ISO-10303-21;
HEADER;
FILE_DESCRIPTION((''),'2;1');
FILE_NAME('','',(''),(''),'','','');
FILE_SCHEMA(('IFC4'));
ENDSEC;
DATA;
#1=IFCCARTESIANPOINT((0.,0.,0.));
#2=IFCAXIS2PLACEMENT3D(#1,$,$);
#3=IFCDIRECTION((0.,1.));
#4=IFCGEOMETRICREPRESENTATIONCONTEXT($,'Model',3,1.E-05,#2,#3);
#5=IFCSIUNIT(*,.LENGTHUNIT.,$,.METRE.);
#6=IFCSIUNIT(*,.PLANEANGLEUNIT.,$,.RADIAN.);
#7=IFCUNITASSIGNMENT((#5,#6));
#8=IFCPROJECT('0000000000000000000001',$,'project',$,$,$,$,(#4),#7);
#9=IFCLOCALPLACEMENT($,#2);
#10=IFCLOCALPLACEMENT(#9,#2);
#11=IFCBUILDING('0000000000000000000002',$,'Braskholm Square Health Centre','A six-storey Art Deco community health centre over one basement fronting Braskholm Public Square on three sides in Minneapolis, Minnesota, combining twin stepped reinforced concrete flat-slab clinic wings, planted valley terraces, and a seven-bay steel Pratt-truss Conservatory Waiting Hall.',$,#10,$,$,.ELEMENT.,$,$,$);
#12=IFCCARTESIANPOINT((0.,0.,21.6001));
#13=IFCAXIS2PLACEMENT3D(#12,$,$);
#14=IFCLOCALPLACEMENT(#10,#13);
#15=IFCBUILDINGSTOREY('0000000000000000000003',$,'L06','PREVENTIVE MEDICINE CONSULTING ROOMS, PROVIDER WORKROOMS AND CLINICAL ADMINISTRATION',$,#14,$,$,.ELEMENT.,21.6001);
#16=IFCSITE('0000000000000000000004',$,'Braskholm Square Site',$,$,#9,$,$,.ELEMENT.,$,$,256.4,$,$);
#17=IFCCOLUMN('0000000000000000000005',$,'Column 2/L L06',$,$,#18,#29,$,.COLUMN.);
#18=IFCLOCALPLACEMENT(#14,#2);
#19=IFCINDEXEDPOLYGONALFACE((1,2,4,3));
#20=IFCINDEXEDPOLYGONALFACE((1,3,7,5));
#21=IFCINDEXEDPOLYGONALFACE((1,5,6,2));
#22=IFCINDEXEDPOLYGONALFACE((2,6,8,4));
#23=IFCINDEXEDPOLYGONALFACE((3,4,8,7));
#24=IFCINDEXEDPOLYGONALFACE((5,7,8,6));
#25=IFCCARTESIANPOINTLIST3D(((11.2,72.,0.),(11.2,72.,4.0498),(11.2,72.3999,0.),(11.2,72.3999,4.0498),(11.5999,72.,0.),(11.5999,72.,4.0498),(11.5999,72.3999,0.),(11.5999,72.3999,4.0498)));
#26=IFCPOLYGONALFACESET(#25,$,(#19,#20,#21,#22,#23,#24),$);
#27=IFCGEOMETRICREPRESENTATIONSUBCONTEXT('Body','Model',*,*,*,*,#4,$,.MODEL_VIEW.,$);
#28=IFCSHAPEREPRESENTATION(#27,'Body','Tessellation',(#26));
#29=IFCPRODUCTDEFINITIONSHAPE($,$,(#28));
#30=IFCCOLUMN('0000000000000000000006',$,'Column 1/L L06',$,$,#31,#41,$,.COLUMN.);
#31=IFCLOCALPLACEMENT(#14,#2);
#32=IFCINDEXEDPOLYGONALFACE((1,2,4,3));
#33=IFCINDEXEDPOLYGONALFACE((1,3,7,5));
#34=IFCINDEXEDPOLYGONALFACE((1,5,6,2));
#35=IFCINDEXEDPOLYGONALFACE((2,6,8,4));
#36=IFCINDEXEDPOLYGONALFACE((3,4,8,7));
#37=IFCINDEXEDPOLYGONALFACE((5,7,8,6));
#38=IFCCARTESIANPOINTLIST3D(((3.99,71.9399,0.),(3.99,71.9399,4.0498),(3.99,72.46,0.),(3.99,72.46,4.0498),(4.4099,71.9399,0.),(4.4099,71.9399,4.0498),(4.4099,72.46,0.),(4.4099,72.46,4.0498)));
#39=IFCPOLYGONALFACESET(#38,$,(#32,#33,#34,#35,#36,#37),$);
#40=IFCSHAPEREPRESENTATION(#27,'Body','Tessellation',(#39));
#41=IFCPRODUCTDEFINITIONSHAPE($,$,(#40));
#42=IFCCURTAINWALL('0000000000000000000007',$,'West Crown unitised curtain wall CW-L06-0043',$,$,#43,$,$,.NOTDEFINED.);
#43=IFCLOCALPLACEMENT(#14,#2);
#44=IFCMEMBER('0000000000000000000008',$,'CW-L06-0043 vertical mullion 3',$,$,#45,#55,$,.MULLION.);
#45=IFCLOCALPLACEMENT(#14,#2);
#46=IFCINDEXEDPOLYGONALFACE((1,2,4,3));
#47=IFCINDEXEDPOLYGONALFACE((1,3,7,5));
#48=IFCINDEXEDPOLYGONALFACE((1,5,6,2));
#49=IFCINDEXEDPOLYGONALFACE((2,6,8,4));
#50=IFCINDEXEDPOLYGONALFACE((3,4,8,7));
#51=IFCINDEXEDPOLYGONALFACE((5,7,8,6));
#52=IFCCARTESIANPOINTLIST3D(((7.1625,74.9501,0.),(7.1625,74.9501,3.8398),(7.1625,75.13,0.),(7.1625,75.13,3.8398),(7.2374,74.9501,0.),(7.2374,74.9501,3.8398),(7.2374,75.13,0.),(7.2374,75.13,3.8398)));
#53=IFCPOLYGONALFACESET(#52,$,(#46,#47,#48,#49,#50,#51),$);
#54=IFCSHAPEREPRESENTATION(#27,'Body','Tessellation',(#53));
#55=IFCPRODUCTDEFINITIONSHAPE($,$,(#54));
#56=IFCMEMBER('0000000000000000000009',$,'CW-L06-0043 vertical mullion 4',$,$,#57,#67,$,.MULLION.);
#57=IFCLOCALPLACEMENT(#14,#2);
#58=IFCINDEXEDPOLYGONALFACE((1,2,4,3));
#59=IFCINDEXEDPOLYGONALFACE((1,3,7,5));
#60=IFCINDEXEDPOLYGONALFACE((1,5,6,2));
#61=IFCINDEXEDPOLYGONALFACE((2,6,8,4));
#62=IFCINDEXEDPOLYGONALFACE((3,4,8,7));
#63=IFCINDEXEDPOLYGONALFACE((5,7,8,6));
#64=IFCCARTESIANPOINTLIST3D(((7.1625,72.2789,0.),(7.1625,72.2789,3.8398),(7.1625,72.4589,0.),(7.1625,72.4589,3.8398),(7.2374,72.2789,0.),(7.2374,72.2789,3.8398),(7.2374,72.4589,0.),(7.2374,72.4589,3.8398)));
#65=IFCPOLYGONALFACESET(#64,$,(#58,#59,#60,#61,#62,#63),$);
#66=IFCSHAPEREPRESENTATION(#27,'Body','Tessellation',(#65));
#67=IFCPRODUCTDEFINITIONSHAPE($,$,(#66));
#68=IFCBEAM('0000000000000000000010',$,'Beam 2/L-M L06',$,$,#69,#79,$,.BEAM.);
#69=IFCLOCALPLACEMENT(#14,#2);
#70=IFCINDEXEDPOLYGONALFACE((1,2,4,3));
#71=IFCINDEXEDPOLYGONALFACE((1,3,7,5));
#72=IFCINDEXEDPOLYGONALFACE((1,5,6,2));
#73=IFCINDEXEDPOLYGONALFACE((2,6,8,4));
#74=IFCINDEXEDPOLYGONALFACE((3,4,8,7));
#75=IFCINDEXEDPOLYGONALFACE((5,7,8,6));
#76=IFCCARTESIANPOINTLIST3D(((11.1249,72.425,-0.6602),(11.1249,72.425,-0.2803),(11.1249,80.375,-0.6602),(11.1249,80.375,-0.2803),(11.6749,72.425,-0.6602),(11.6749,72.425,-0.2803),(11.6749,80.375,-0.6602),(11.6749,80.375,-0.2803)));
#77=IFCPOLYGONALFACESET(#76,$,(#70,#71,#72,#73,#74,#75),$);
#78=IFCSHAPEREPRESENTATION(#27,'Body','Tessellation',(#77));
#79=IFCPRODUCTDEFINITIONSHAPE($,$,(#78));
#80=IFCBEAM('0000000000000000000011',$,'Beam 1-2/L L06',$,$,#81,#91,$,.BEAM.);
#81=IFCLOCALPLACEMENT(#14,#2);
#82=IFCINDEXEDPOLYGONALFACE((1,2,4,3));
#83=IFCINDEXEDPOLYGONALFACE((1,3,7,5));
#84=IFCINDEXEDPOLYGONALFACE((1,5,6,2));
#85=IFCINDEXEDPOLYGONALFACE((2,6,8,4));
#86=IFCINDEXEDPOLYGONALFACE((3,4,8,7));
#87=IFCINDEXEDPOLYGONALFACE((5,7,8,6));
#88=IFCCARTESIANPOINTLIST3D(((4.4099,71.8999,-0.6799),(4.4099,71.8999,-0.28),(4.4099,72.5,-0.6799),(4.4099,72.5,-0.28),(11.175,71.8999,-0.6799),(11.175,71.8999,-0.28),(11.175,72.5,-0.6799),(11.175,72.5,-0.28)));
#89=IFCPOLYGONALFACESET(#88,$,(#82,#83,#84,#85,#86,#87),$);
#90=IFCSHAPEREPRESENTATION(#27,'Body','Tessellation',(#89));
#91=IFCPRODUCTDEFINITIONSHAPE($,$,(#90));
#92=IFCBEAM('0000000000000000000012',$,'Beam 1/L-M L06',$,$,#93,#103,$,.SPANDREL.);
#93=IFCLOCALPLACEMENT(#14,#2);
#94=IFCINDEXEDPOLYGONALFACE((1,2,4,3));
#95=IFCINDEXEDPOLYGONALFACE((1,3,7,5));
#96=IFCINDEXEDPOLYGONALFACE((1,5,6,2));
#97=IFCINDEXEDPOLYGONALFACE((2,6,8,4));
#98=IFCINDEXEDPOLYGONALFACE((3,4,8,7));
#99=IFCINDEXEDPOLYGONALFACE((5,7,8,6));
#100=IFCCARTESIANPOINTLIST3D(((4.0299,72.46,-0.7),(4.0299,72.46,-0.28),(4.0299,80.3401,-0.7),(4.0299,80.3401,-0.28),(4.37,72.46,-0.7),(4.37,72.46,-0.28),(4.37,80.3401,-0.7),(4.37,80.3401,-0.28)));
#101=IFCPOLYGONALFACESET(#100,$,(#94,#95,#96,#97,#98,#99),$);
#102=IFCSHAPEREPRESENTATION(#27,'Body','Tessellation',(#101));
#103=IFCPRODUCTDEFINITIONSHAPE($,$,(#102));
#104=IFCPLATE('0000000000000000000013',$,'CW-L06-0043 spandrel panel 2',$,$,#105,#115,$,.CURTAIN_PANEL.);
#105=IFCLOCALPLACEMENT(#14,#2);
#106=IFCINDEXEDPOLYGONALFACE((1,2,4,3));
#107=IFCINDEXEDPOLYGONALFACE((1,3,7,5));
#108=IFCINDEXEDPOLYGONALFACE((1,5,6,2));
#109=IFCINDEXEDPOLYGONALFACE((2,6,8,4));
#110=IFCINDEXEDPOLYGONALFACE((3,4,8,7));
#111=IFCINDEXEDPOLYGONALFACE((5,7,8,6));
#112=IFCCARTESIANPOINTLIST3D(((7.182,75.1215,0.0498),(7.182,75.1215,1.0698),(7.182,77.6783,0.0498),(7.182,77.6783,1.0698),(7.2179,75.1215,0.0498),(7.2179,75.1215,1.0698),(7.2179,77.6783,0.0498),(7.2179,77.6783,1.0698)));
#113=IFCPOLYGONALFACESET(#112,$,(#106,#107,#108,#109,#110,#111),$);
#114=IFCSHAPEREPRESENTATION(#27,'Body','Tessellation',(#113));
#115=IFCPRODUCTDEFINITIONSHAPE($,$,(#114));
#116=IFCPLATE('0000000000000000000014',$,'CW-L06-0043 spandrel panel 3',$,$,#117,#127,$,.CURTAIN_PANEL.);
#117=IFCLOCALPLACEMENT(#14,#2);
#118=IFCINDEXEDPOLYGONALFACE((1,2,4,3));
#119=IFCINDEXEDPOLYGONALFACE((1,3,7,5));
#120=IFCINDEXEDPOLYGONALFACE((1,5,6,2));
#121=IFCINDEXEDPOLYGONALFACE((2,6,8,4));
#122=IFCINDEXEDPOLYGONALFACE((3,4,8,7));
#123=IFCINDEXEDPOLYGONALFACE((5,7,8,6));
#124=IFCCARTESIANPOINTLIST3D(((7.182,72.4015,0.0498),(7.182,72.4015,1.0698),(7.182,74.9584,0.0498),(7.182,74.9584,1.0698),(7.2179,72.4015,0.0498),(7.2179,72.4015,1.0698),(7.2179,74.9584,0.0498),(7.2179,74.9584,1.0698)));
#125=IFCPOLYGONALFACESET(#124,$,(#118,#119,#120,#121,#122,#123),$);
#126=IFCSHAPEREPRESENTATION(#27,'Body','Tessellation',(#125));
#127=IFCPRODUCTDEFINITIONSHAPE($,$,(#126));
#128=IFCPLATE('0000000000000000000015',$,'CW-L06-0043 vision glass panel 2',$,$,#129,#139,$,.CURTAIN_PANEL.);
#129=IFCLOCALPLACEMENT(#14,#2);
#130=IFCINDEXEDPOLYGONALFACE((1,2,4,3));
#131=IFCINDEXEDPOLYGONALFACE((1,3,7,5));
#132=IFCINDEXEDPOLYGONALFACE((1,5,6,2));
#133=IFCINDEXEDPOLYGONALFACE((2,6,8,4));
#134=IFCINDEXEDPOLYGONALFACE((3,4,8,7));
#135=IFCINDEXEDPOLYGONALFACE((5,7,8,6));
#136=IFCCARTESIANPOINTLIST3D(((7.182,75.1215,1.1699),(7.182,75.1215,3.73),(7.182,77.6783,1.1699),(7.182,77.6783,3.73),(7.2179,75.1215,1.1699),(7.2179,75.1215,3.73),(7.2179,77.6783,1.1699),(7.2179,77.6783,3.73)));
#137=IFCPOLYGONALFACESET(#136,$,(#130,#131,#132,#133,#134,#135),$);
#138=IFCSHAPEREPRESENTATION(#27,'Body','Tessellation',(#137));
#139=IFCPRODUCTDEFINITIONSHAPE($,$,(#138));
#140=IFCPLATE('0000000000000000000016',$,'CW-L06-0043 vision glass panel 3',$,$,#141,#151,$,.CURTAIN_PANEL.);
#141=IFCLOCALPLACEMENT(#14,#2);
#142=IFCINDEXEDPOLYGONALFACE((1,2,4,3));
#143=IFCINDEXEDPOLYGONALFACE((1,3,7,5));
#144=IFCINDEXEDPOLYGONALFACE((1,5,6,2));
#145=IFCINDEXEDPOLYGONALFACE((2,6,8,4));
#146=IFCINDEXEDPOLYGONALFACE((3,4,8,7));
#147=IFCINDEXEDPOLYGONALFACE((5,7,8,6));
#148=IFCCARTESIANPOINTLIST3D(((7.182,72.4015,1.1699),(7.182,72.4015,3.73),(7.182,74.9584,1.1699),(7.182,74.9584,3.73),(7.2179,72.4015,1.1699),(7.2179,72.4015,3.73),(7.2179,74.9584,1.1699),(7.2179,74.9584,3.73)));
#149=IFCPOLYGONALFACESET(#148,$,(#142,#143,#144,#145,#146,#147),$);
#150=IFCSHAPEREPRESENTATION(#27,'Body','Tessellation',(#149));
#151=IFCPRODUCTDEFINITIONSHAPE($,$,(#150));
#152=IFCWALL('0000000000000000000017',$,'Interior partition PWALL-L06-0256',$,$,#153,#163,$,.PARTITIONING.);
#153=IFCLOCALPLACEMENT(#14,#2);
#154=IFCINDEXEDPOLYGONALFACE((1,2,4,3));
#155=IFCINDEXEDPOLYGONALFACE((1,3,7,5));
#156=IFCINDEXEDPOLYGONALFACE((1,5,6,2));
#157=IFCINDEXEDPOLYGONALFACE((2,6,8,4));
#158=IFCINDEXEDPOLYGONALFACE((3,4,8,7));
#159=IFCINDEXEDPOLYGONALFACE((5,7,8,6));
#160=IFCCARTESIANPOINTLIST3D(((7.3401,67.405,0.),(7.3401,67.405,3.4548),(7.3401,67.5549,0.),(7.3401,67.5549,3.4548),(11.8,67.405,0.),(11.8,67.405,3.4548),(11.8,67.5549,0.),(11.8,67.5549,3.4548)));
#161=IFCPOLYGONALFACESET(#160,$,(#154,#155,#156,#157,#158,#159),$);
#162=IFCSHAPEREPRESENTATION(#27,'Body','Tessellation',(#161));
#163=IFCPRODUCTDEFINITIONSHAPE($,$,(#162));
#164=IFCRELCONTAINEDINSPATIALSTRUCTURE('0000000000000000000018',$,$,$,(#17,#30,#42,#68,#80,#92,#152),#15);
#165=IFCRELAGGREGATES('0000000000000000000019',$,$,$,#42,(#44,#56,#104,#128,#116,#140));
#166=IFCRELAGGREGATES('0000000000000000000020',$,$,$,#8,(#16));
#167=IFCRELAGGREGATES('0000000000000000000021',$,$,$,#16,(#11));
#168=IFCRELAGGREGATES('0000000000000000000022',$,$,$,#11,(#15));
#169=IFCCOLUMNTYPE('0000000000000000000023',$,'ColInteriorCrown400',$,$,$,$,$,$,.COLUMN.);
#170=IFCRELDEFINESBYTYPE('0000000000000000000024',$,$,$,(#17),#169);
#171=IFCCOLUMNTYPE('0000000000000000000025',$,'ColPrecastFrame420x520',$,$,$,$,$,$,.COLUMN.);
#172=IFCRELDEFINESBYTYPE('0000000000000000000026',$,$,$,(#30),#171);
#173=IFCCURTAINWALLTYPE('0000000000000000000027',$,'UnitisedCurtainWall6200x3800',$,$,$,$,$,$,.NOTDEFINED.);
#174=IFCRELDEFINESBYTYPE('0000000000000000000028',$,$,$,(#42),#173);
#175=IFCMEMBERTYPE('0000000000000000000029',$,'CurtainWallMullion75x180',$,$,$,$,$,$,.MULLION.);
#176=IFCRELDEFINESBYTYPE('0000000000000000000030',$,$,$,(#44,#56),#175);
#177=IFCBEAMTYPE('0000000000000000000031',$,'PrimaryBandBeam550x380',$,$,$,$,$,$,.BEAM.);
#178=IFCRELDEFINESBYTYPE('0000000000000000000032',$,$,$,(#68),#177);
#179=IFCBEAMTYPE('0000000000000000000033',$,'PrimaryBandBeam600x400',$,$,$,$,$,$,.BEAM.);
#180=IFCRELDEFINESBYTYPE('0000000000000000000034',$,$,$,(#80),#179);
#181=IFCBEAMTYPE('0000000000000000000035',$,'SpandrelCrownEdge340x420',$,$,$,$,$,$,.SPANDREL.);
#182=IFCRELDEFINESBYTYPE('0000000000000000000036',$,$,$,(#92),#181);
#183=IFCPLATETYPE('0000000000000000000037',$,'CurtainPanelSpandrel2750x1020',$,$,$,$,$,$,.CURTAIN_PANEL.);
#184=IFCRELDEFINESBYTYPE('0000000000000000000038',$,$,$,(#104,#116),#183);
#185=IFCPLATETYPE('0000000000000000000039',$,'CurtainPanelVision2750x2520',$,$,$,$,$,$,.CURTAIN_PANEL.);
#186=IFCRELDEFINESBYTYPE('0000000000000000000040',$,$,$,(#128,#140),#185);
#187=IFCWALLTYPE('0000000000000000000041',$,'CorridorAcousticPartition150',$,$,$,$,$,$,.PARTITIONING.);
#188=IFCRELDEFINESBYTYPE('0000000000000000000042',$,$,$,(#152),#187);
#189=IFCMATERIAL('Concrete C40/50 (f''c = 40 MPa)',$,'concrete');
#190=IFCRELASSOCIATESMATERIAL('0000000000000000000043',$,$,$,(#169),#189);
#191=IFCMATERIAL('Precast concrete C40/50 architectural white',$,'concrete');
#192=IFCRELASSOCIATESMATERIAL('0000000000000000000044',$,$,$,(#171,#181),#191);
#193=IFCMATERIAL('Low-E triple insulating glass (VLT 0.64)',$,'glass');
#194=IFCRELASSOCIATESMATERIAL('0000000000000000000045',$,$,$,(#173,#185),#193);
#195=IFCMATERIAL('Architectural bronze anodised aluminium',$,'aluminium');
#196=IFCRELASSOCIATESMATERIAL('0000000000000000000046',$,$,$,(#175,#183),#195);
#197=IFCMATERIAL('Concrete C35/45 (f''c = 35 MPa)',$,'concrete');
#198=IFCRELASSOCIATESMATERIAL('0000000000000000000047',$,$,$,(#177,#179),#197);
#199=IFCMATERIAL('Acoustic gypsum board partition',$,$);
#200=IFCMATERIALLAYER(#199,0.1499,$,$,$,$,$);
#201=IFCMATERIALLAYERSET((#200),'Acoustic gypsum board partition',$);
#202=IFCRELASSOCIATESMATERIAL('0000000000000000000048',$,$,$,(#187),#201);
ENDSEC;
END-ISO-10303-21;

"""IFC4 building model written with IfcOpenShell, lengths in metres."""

from ifc_helpers import new_model, si_unit, direction, frame, frame_2d, origin, origin_2d, place, context, subcontext, project, spatial, rectangle, extrude, material, layer, layer_set, material_profile, profile_set, type_object, element, aggregate, save


model = new_model("IFC4")

# Units and contexts
model_context = context("Model", 3, precision=1e-05, world=origin(), true_north=direction((0.0, 1.0)))
body_context = subcontext(model_context, "Body", "Model", "MODEL_VIEW")
ifc_project = project(units=[si_unit("LENGTHUNIT", "METRE"), si_unit("PLANEANGLEUNIT", "RADIAN")], contexts=[model_context])

# Site, building, storey
site_placement = place(None, origin())
site = spatial("IfcSite", under=ifc_project, at=site_placement, Name="Braskholm Square Site", CompositionType="ELEMENT", RefElevation=256.4)
building_placement = place(site_placement, origin())
building = spatial("IfcBuilding", under=site, at=building_placement, Name="Braskholm Square Health Centre", Description="A six-storey Art Deco community health centre over one basement fronting Braskholm Public Square on three sides in Minneapolis, Minnesota, combining twin stepped reinforced concrete flat-slab clinic wings, planted valley terraces, and a seven-bay steel Pratt-truss Conservatory Waiting Hall.", CompositionType="ELEMENT")
storey_placement = place(building_placement, frame((0.0, 0.0, 21.6001)))
storey = spatial("IfcBuildingStorey", under=building, at=storey_placement, Name="L06", Description="PREVENTIVE MEDICINE CONSULTING ROOMS, PROVIDER WORKROOMS AND CLINICAL ADMINISTRATION", CompositionType="ELEMENT", Elevation=21.6001)

# Columns
ifc_material_1 = material(Name="Concrete C40/50 (f'c = 40 MPa)", Category="concrete")
ifc_material_profile_1 = material_profile(ifc_material_1, rectangle(XDim=0.3999, YDim=0.3999, at=origin_2d()), Name="RC-400X400")
ifc_profile_set_1 = profile_set([ifc_material_profile_1], Name="Concrete C40/50 (f'c = 40 MPa)")
column_type_1 = type_object("IfcColumnType", Name="ColInteriorCrown400", PredefinedType="COLUMN", material=ifc_profile_set_1)
column_1_placement = place(storey_placement, frame((11.3999, 72.2, 0.0), z_axis=(0.0, 0.0, 1.0), x_axis=(1.0, 0.0, 0.0)))
element("IfcColumn", 1, at=column_1_placement, inside=storey, type_object=column_type_1, Name="Column 2/L L06", PredefinedType="COLUMN", context=body_context, shape_type="SweptSolid", body=[
    extrude(rectangle(XDim=0.3999, YDim=0.3999, at=origin_2d()), origin(), (0.0, 0.0, 1.0), 4.0498),
])
ifc_material_2 = material(Name="Precast concrete C40/50 architectural white", Category="concrete")
ifc_material_profile_2 = material_profile(ifc_material_2, rectangle(XDim=0.4199, YDim=0.52, at=origin_2d()), Name="RC-420X520")
ifc_profile_set_2 = profile_set([ifc_material_profile_2], Name="Precast concrete C40/50 architectural white")
column_type_2 = type_object("IfcColumnType", Name="ColPrecastFrame420x520", PredefinedType="COLUMN", material=ifc_profile_set_2)
column_2_placement = place(storey_placement, frame((4.2, 72.2, 0.0), z_axis=(0.0, 0.0, 1.0), x_axis=(1.0, 0.0, 0.0)))
element("IfcColumn", 2, at=column_2_placement, inside=storey, type_object=column_type_2, Name="Column 1/L L06", PredefinedType="COLUMN", context=body_context, shape_type="SweptSolid", body=[
    extrude(rectangle(XDim=0.4199, YDim=0.52, at=origin_2d()), origin(), (0.0, 0.0, 1.0), 4.0498),
])

# Curtain wall, members
ifc_material_3 = material(Name="Low-E triple insulating glass (VLT 0.64)", Category="glass")
curtain_wall_type = type_object("IfcCurtainWallType", Name="UnitisedCurtainWall6200x3800", PredefinedType="NOTDEFINED", material=ifc_material_3)
curtain_wall_placement = place(storey_placement, origin())
curtain_wall = element("IfcCurtainWall", 3, at=curtain_wall_placement, inside=storey, type_object=curtain_wall_type, Name="West Crown unitised curtain wall CW-L06-0043", PredefinedType="NOTDEFINED")
ifc_material_4 = material(Name="Architectural bronze anodised aluminium", Category="aluminium")
ifc_material_profile_3 = material_profile(ifc_material_4, rectangle(XDim=0.075, YDim=0.1799, at=origin_2d()), Name="ALU-75X180")
ifc_profile_set_3 = profile_set([ifc_material_profile_3], Name="Architectural bronze anodised aluminium")
member_type = type_object("IfcMemberType", Name="CurtainWallMullion75x180", PredefinedType="MULLION", material=ifc_profile_set_3)
member_1_placement = place(storey_placement, frame((7.2, 75.04, 0.0), z_axis=(0.0, 0.0, 1.0), x_axis=(1.0, 0.0, 0.0)))
member_1 = element("IfcMember", 4, at=member_1_placement, type_object=member_type, Name="CW-L06-0043 vertical mullion 3", PredefinedType="MULLION", context=body_context, shape_type="SweptSolid", body=[
    extrude(rectangle(XDim=0.075, YDim=0.1799, at=origin_2d()), origin(), (0.0, 0.0, 1.0), 3.8398),
])
member_2_placement = place(storey_placement, frame((7.2, 72.3689, 0.0), z_axis=(0.0, 0.0, 1.0), x_axis=(1.0, 0.0, 0.0)))
member_2 = element("IfcMember", 5, at=member_2_placement, type_object=member_type, Name="CW-L06-0043 vertical mullion 4", PredefinedType="MULLION", context=body_context, shape_type="SweptSolid", body=[
    extrude(rectangle(XDim=0.075, YDim=0.1799, at=origin_2d()), origin(), (0.0, 0.0, 1.0), 3.8398),
])

# Beams
ifc_material_5 = material(Name="Concrete C35/45 (f'c = 35 MPa)", Category="concrete")
ifc_material_profile_4 = material_profile(ifc_material_5, rectangle(XDim=0.55, YDim=0.3799, at=origin_2d()), Name="RCB-550X380")
ifc_profile_set_4 = profile_set([ifc_material_profile_4], Name="Concrete C35/45 (f'c = 35 MPa)")
beam_type_1 = type_object("IfcBeamType", Name="PrimaryBandBeam550x380", PredefinedType="BEAM", material=ifc_profile_set_4)
beam_1_placement = place(storey_placement, frame((11.3999, 72.425, -0.4702), z_axis=(0.0, 1.0, 0.0), x_axis=(-1.0, 0.0, 0.0)))
element("IfcBeam", 6, at=beam_1_placement, inside=storey, type_object=beam_type_1, Name="Beam 2/L-M L06", PredefinedType="BEAM", context=body_context, shape_type="SweptSolid", body=[
    extrude(rectangle(XDim=0.55, YDim=0.3799, at=origin_2d()), origin(), (0.0, 0.0, 1.0), 7.95),
])
ifc_material_profile_5 = material_profile(ifc_material_5, rectangle(XDim=0.6001, YDim=0.3999, at=origin_2d()), Name="RCB-600X400")
ifc_profile_set_5 = profile_set([ifc_material_profile_5], Name="Concrete C35/45 (f'c = 35 MPa)")
beam_type_2 = type_object("IfcBeamType", Name="PrimaryBandBeam600x400", PredefinedType="BEAM", material=ifc_profile_set_5)
beam_2_placement = place(storey_placement, frame((4.4099, 72.2, -0.48), z_axis=(1.0, 0.0, 0.0), x_axis=(0.0, 1.0, 0.0)))
element("IfcBeam", 7, at=beam_2_placement, inside=storey, type_object=beam_type_2, Name="Beam 1-2/L L06", PredefinedType="BEAM", context=body_context, shape_type="SweptSolid", body=[
    extrude(rectangle(XDim=0.6001, YDim=0.3999, at=origin_2d()), origin(), (0.0, 0.0, 1.0), 6.7651),
])
ifc_material_profile_6 = material_profile(ifc_material_2, rectangle(XDim=0.3401, YDim=0.4199, at=origin_2d()), Name="RCB-340X420")
ifc_profile_set_6 = profile_set([ifc_material_profile_6], Name="Precast concrete C40/50 architectural white")
beam_type_3 = type_object("IfcBeamType", Name="SpandrelCrownEdge340x420", PredefinedType="SPANDREL", material=ifc_profile_set_6)
beam_3_placement = place(storey_placement, frame((4.2, 72.46, -0.49), z_axis=(0.0, 1.0, 0.0), x_axis=(-1.0, 0.0, 0.0)))
element("IfcBeam", 8, at=beam_3_placement, inside=storey, type_object=beam_type_3, Name="Beam 1/L-M L06", PredefinedType="SPANDREL", context=body_context, shape_type="SweptSolid", body=[
    extrude(rectangle(XDim=0.3401, YDim=0.4199, at=origin_2d()), origin(), (0.0, 0.0, 1.0), 7.8801),
])

# Plates
plate_type_1 = type_object("IfcPlateType", Name="CurtainPanelSpandrel2750x1020", PredefinedType="CURTAIN_PANEL", material=ifc_material_4)
plate_1_placement = place(storey_placement, frame((7.2, 76.3999, 0.0498), z_axis=(0.0, 0.0, 1.0), x_axis=(0.0, -1.0, 0.0)))
plate_1 = element("IfcPlate", 9, at=plate_1_placement, type_object=plate_type_1, Name="CW-L06-0043 spandrel panel 2", PredefinedType="CURTAIN_PANEL", context=body_context, shape_type="SweptSolid", body=[
    extrude(rectangle(XDim=2.5569, YDim=0.0359, at=origin_2d()), origin(), (0.0, 0.0, 1.0), 1.02),
])
plate_2_placement = place(storey_placement, frame((7.2, 73.6799, 0.0498), z_axis=(0.0, 0.0, 1.0), x_axis=(0.0, -1.0, 0.0)))
plate_2 = element("IfcPlate", 10, at=plate_2_placement, type_object=plate_type_1, Name="CW-L06-0043 spandrel panel 3", PredefinedType="CURTAIN_PANEL", context=body_context, shape_type="SweptSolid", body=[
    extrude(rectangle(XDim=2.5569, YDim=0.0359, at=origin_2d()), origin(), (0.0, 0.0, 1.0), 1.02),
])
plate_type_2 = type_object("IfcPlateType", Name="CurtainPanelVision2750x2520", PredefinedType="CURTAIN_PANEL", material=ifc_material_3)
plate_3_placement = place(storey_placement, frame((7.2, 76.3999, 1.1699), z_axis=(0.0, 0.0, 1.0), x_axis=(0.0, -1.0, 0.0)))
plate_3 = element("IfcPlate", 11, at=plate_3_placement, type_object=plate_type_2, Name="CW-L06-0043 vision glass panel 2", PredefinedType="CURTAIN_PANEL", context=body_context, shape_type="SweptSolid", body=[
    extrude(rectangle(XDim=2.5569, YDim=0.0359, at=origin_2d()), origin(), (0.0, 0.0, 1.0), 2.5601),
])
plate_4_placement = place(storey_placement, frame((7.2, 73.6799, 1.1699), z_axis=(0.0, 0.0, 1.0), x_axis=(0.0, -1.0, 0.0)))
plate_4 = element("IfcPlate", 12, at=plate_4_placement, type_object=plate_type_2, Name="CW-L06-0043 vision glass panel 3", PredefinedType="CURTAIN_PANEL", context=body_context, shape_type="SweptSolid", body=[
    extrude(rectangle(XDim=2.5569, YDim=0.0359, at=origin_2d()), origin(), (0.0, 0.0, 1.0), 2.5601),
])
aggregate(curtain_wall, [member_1, member_2, plate_1, plate_3, plate_2, plate_4])

# Wall
ifc_material_6 = material(Name="Acoustic gypsum board partition")
ifc_layer_1 = layer(ifc_material_6, 0.1499)
ifc_layer_set_1 = layer_set([ifc_layer_1], Name="Acoustic gypsum board partition")
wall_type_1 = type_object("IfcWallType", Name="CorridorAcousticPartition150", PredefinedType="PARTITIONING", material=ifc_layer_set_1)
wall_1_placement = place(storey_placement, frame((7.3401, 67.48, 0.0), z_axis=(0.0, 0.0, 1.0), x_axis=(1.0, 0.0, 0.0)))
element("IfcWall", 13, at=wall_1_placement, inside=storey, type_object=wall_type_1, Name="Interior partition PWALL-L06-0256", PredefinedType="PARTITIONING", context=body_context, shape_type="SweptSolid", body=[
    extrude(rectangle(XDim=4.46, YDim=0.1499, at=frame_2d((2.23, 0.0))), origin(), (0.0, 0.0, 1.0), 3.4548),
])

save(model, "model.ifc")
